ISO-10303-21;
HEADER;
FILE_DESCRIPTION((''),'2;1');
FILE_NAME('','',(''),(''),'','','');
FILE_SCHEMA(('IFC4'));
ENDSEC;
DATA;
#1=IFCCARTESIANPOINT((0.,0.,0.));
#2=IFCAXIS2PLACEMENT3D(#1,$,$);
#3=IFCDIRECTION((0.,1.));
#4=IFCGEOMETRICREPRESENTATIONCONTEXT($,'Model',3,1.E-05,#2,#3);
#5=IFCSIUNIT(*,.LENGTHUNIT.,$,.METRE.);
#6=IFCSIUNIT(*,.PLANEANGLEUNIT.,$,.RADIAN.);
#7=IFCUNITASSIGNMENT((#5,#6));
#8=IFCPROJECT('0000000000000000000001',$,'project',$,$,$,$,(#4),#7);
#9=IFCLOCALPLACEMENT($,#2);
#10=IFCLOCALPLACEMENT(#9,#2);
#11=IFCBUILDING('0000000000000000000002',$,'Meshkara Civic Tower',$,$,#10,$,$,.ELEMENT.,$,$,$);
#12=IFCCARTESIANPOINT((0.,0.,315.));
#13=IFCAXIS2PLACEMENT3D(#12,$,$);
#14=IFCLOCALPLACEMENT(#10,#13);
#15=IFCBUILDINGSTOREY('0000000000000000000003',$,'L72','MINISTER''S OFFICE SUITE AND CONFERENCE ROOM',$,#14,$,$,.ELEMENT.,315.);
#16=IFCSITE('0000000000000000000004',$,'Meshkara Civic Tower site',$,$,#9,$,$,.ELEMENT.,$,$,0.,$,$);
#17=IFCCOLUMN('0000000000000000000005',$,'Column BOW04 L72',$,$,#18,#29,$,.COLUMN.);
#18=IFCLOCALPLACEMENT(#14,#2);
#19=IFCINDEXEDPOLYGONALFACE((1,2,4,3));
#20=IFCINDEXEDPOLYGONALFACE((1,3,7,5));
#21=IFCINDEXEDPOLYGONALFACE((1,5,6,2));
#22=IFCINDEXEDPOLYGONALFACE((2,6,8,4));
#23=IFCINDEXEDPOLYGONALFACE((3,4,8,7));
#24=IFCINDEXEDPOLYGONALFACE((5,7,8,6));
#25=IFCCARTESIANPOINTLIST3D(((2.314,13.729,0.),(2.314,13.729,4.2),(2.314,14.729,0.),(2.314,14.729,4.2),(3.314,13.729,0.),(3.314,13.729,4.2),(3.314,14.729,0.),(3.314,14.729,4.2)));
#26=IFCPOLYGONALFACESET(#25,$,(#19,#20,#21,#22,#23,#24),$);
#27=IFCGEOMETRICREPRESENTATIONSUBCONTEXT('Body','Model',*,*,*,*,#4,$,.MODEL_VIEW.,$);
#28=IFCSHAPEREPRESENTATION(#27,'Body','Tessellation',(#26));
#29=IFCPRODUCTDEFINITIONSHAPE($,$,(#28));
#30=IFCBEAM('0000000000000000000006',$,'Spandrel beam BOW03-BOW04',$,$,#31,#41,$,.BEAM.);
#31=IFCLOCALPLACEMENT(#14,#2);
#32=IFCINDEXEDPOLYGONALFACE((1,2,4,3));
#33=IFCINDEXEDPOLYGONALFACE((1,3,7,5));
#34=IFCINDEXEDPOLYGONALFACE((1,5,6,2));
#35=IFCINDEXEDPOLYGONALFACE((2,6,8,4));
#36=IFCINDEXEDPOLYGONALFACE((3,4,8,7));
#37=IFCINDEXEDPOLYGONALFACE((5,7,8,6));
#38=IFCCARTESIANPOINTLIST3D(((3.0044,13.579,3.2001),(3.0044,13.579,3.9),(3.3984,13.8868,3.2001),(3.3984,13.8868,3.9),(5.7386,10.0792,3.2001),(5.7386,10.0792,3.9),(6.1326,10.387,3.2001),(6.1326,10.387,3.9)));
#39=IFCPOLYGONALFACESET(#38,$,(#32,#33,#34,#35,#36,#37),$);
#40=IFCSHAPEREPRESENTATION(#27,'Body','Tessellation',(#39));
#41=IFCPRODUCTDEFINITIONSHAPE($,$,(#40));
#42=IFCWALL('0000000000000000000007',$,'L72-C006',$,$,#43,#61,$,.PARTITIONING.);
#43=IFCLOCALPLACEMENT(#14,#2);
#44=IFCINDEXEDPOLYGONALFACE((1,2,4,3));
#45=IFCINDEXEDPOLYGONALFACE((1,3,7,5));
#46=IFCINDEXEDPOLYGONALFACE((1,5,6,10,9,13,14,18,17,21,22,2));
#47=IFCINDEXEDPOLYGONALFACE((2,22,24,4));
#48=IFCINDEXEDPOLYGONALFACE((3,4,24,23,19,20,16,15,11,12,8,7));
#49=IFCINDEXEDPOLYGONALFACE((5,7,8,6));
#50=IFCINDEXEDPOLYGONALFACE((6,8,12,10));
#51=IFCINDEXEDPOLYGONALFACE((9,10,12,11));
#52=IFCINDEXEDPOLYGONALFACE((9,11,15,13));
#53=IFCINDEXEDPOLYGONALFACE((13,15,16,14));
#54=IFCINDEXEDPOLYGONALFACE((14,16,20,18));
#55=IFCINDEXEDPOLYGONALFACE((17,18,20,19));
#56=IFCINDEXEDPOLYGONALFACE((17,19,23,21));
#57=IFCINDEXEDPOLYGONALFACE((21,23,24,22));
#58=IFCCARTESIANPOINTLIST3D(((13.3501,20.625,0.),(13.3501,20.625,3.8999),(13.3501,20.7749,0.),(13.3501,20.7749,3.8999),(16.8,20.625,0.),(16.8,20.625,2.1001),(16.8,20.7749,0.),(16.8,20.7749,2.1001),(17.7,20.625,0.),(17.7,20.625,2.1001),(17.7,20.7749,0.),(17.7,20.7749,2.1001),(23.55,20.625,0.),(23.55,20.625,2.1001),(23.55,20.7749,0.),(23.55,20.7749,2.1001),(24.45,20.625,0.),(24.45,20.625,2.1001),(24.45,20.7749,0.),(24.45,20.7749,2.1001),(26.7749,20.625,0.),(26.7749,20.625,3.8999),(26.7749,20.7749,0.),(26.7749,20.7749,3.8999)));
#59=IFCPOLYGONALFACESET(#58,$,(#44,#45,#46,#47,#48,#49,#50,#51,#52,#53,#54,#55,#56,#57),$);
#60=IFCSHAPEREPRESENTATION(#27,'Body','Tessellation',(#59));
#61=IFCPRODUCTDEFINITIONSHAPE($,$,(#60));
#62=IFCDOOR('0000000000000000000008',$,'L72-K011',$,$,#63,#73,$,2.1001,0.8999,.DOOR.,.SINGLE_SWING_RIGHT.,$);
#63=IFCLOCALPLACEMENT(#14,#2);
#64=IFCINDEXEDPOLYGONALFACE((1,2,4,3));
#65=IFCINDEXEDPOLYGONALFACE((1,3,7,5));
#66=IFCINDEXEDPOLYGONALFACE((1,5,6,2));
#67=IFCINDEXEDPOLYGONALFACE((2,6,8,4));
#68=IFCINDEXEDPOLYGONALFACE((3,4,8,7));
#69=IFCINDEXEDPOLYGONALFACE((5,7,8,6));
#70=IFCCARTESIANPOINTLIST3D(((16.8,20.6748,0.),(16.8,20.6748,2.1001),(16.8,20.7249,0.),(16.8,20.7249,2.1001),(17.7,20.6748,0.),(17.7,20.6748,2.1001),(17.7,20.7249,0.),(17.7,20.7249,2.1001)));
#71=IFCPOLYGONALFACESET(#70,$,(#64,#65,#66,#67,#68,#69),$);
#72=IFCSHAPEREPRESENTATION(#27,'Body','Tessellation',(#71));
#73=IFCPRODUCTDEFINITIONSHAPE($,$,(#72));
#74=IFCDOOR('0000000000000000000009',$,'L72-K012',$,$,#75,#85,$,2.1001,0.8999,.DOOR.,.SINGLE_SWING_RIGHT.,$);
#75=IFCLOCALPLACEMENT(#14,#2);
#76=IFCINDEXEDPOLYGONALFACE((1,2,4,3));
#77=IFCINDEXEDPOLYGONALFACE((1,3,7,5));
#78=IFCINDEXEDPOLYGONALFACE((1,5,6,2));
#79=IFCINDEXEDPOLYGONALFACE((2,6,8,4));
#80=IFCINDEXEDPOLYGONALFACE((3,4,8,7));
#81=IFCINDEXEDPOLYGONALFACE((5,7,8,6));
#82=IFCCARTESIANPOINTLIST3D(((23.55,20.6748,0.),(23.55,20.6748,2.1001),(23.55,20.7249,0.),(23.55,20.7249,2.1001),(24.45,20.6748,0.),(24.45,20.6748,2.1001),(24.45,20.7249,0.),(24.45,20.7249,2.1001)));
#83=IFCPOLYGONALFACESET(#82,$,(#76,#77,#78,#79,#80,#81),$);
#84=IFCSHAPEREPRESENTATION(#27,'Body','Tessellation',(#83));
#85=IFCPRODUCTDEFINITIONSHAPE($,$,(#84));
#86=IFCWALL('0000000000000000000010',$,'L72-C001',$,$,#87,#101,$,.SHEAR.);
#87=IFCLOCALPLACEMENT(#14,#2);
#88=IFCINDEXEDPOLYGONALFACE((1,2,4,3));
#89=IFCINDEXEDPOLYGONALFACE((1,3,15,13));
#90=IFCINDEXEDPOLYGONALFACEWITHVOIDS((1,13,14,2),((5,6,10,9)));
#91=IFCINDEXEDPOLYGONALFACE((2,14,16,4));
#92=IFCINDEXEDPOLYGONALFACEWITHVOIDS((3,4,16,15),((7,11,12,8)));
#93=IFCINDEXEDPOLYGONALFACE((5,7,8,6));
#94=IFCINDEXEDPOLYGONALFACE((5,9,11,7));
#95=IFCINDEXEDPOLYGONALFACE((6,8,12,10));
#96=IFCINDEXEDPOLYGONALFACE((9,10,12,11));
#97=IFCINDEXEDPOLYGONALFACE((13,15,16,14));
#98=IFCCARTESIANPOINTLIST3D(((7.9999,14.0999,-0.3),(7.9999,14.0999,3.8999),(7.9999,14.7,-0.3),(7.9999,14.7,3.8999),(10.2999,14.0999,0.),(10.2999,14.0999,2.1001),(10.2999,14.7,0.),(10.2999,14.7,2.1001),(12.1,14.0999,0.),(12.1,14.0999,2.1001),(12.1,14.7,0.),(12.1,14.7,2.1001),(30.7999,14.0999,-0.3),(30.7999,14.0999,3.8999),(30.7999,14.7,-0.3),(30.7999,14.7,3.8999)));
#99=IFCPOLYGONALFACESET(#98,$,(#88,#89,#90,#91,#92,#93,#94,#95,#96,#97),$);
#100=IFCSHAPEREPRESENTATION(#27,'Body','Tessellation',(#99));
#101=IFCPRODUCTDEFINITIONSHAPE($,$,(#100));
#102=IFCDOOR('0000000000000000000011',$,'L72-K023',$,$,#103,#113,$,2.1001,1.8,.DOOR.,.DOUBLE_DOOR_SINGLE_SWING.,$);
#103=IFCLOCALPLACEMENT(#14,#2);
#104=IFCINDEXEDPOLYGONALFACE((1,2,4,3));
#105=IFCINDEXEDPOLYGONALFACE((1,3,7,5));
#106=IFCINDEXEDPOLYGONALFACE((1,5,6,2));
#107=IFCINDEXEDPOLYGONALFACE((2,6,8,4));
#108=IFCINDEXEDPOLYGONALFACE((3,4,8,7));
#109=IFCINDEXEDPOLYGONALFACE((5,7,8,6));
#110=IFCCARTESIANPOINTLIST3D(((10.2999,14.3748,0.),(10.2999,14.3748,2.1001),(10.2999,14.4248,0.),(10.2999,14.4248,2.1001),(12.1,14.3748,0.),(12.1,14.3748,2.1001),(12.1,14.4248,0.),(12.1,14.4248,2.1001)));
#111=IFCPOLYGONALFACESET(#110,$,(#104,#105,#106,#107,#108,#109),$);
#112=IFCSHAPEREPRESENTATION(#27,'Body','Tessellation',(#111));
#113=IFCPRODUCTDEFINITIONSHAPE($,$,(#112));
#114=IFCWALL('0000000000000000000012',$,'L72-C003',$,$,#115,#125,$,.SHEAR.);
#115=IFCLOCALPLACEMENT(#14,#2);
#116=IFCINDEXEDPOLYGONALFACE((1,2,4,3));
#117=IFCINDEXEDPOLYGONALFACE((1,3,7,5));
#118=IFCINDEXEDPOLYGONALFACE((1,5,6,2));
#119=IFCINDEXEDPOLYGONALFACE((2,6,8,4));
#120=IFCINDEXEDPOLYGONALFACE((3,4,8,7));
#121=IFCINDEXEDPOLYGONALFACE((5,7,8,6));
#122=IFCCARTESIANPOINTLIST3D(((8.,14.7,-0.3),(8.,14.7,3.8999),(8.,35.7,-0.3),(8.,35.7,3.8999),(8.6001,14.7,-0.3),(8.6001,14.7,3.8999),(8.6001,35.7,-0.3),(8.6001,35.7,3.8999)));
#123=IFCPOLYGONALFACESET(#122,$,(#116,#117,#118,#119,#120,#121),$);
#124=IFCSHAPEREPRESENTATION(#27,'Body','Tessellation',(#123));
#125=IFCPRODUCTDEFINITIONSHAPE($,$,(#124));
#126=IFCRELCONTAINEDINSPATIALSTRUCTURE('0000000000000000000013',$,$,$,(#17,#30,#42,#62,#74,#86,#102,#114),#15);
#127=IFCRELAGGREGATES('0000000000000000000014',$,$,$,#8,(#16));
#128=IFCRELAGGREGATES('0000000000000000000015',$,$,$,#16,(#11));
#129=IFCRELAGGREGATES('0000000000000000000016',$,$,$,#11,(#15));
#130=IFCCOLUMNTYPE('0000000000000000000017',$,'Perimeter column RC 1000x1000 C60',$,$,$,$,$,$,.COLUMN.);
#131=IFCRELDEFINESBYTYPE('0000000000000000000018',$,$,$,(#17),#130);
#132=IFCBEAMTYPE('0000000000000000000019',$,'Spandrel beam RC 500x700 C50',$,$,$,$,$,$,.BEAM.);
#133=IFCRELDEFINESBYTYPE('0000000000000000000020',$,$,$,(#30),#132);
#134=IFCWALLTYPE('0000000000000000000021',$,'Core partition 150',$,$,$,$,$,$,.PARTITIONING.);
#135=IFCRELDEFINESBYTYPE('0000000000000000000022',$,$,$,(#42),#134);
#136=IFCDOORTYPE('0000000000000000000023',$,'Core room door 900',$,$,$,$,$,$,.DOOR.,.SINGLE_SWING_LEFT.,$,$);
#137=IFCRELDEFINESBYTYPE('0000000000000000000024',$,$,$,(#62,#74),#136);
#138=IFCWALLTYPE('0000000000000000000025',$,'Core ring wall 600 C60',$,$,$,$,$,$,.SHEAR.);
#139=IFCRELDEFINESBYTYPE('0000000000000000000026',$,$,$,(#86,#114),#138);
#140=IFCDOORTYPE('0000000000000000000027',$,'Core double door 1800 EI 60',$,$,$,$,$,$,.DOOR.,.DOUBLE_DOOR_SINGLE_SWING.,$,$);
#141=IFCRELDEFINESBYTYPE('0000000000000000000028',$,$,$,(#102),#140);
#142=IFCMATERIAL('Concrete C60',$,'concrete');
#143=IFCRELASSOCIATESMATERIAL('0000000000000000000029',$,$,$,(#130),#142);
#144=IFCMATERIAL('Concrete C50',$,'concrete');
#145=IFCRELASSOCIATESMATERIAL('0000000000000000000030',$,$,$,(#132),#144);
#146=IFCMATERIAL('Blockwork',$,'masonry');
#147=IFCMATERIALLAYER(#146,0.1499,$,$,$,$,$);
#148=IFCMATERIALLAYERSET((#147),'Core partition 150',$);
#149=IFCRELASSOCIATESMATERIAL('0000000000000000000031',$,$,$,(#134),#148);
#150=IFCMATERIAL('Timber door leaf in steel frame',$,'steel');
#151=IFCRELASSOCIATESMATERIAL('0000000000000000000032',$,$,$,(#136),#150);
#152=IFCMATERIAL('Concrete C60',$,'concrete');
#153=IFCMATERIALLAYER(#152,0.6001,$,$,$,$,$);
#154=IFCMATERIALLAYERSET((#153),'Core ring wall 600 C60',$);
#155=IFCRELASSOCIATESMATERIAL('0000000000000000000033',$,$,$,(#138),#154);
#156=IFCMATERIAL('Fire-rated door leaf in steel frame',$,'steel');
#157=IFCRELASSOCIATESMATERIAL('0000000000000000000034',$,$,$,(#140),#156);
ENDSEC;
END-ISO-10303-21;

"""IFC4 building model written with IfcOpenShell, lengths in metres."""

from ifc_helpers import new_model, si_unit, direction, frame, frame_2d, origin, origin_2d, place, context, subcontext, project, spatial, rectangle, extrude, material, layer, layer_set, material_profile, profile_set, type_object, element, fill, save


model = new_model("IFC4")

# Units and contexts
model_context = context("Model", 3, precision=1e-05, world=origin(), true_north=direction((0.0, 1.0)))
body_context = subcontext(model_context, "Body", "Model", "MODEL_VIEW")
ifc_project = project(units=[si_unit("LENGTHUNIT", "METRE"), si_unit("PLANEANGLEUNIT", "RADIAN")], contexts=[model_context])

# Site, building, storey
site_placement = place(None, origin())
site = spatial("IfcSite", under=ifc_project, at=site_placement, Name="Meshkara Civic Tower site", CompositionType="ELEMENT", RefElevation=0.0)
building_placement = place(site_placement, origin())
building = spatial("IfcBuilding", under=site, at=building_placement, Name="Meshkara Civic Tower", CompositionType="ELEMENT")
storey_placement = place(building_placement, frame((0.0, 0.0, 315.0)))
storey = spatial("IfcBuildingStorey", under=building, at=storey_placement, Name="L72", Description="MINISTER'S OFFICE SUITE AND CONFERENCE ROOM", CompositionType="ELEMENT", Elevation=315.0)

# Column
ifc_material_1 = material(Name="Concrete C60", Category="concrete")
ifc_material_profile_1 = material_profile(ifc_material_1, rectangle(XDim=1.0, YDim=1.0, at=origin_2d()))
ifc_profile_set_1 = profile_set([ifc_material_profile_1], Name="Concrete C60")
column_type = type_object("IfcColumnType", Name="Perimeter column RC 1000x1000 C60", PredefinedType="COLUMN", material=ifc_profile_set_1)
column_placement = place(storey_placement, frame((2.814, 14.229, 0.0), z_axis=(0.0, 0.0, 1.0), x_axis=(1.0, 0.0, 0.0)))
element("IfcColumn", 1, at=column_placement, inside=storey, type_object=column_type, Name="Column BOW04 L72", PredefinedType="COLUMN", context=body_context, shape_type="SweptSolid", body=[
    extrude(rectangle(XDim=1.0, YDim=1.0, at=origin_2d()), origin(), (0.0, 0.0, 1.0), 4.2),
])

# Beam
ifc_material_2 = material(Name="Concrete C50", Category="concrete")
ifc_material_profile_2 = material_profile(ifc_material_2, rectangle(XDim=0.5, YDim=0.7, at=origin_2d()))
ifc_profile_set_2 = profile_set([ifc_material_profile_2], Name="Concrete C50")
beam_type = type_object("IfcBeamType", Name="Spandrel beam RC 500x700 C50", PredefinedType="BEAM", material=ifc_profile_set_2)
beam_placement = place(storey_placement, frame((3.2014, 13.7329, 3.55), z_axis=(0.615637, -0.78803, 0.0), x_axis=(0.78803, 0.615637, 0.0)))
element("IfcBeam", 2, at=beam_placement, inside=storey, type_object=beam_type, Name="Spandrel beam BOW03-BOW04", PredefinedType="BEAM", context=body_context, shape_type="SweptSolid", body=[
    extrude(rectangle(XDim=0.5, YDim=0.7, at=origin_2d()), origin(), (0.0, 0.0, 1.0), 4.4412),
])

# Wall, openings, doors
ifc_material_3 = material(Name="Blockwork", Category="masonry")
ifc_layer_1 = layer(ifc_material_3, 0.1499)
ifc_layer_set_1 = layer_set([ifc_layer_1], Name="Core partition 150")
wall_type_1 = type_object("IfcWallType", Name="Core partition 150", PredefinedType="PARTITIONING", material=ifc_layer_set_1)
wall_1_placement = place(storey_placement, frame((13.3501, 20.7, 0.0), z_axis=(0.0, 0.0, 1.0), x_axis=(1.0, 0.0, 0.0)))
wall_1 = element("IfcWall", 3, at=wall_1_placement, inside=storey, type_object=wall_type_1, Name="L72-C006", PredefinedType="PARTITIONING", context=body_context, shape_type="SweptSolid", body=[
    extrude(rectangle(XDim=13.4248, YDim=0.1499, at=frame_2d((6.7124, 0.0))), origin(), (0.0, 0.0, 1.0), 3.8999),
])
opening_1_placement = place(wall_1_placement, frame((3.45, 0.0, 0.0)))
opening_1 = element("IfcOpeningElement", 4, at=opening_1_placement, cuts=wall_1, PredefinedType="OPENING", context=body_context, shape_type="SweptSolid", body=[
    extrude(rectangle(XDim=0.8999, YDim=2.1001, at=frame_2d((0.45, 1.05))), frame((0.0, 0.085, 0.0), z_axis=(0.0, -1.0, 0.0), x_axis=(1.0, 0.0, 0.0)), (0.0, 0.0, 1.0), 0.1699),
])
opening_2_placement = place(wall_1_placement, frame((10.2, 0.0, 0.0)))
opening_2 = element("IfcOpeningElement", 5, at=opening_2_placement, cuts=wall_1, PredefinedType="OPENING", context=body_context, shape_type="SweptSolid", body=[
    extrude(rectangle(XDim=0.8999, YDim=2.1001, at=frame_2d((0.45, 1.05))), frame((0.0, 0.085, 0.0), z_axis=(0.0, -1.0, 0.0), x_axis=(1.0, 0.0, 0.0)), (0.0, 0.0, 1.0), 0.1699),
])
ifc_material_4 = material(Name="Timber door leaf in steel frame", Category="steel")
door_type_1 = type_object("IfcDoorType", Name="Core room door 900", OperationType="SINGLE_SWING_LEFT", PredefinedType="DOOR", material=ifc_material_4)
door_1_placement = place(opening_1_placement, origin())
door_1 = element("IfcDoor", 6, at=door_1_placement, inside=storey, type_object=door_type_1, Name="L72-K011", OperationType="SINGLE_SWING_RIGHT", OverallHeight=2.1001, OverallWidth=0.8999, PredefinedType="DOOR", context=body_context, shape_type="SweptSolid", body=[
    extrude(rectangle(XDim=0.8999, YDim=2.1001, at=frame_2d((0.45, 1.05))), frame((0.0, 0.0249, 0.0), z_axis=(0.0, -1.0, 0.0), x_axis=(1.0, 0.0, 0.0)), (0.0, 0.0, 1.0), 0.05),
])
fill(opening_1, door_1)
door_2_placement = place(opening_2_placement, origin())
door_2 = element("IfcDoor", 7, at=door_2_placement, inside=storey, type_object=door_type_1, Name="L72-K012", OperationType="SINGLE_SWING_RIGHT", OverallHeight=2.1001, OverallWidth=0.8999, PredefinedType="DOOR", context=body_context, shape_type="SweptSolid", body=[
    extrude(rectangle(XDim=0.8999, YDim=2.1001, at=frame_2d((0.45, 1.05))), frame((0.0, 0.0249, 0.0), z_axis=(0.0, -1.0, 0.0), x_axis=(1.0, 0.0, 0.0)), (0.0, 0.0, 1.0), 0.05),
])
fill(opening_2, door_2)

# Wall, opening, door
ifc_material_5 = material(Name="Concrete C60", Category="concrete")
ifc_layer_2 = layer(ifc_material_5, 0.6001)
ifc_layer_set_2 = layer_set([ifc_layer_2], Name="Core ring wall 600 C60")
wall_type_2 = type_object("IfcWallType", Name="Core ring wall 600 C60", PredefinedType="SHEAR", material=ifc_layer_set_2)
wall_2_placement = place(storey_placement, frame((8.0, 14.3999, -0.3), z_axis=(0.0, 0.0, 1.0), x_axis=(1.0, 0.0, 0.0)))
wall_2 = element("IfcWall", 8, at=wall_2_placement, inside=storey, type_object=wall_type_2, Name="L72-C001", PredefinedType="SHEAR", context=body_context, shape_type="SweptSolid", body=[
    extrude(rectangle(XDim=22.8, YDim=0.6001, at=frame_2d((11.3999, 0.0))), origin(), (0.0, 0.0, 1.0), 4.2),
])
opening_3_placement = place(wall_2_placement, frame((2.3, 0.0, 0.3)))
opening_3 = element("IfcOpeningElement", 9, at=opening_3_placement, cuts=wall_2, PredefinedType="OPENING", context=body_context, shape_type="SweptSolid", body=[
    extrude(rectangle(XDim=1.8, YDim=2.1001, at=frame_2d((0.8999, 1.05))), frame((0.0, 0.3101, 0.0), z_axis=(0.0, -1.0, 0.0), x_axis=(1.0, 0.0, 0.0)), (0.0, 0.0, 1.0), 0.6201),
])
ifc_material_6 = material(Name="Fire-rated door leaf in steel frame", Category="steel")
door_type_2 = type_object("IfcDoorType", Name="Core double door 1800 EI 60", OperationType="DOUBLE_DOOR_SINGLE_SWING", PredefinedType="DOOR", material=ifc_material_6)
door_3_placement = place(opening_3_placement, origin())
door_3 = element("IfcDoor", 10, at=door_3_placement, inside=storey, type_object=door_type_2, Name="L72-K023", OperationType="DOUBLE_DOOR_SINGLE_SWING", OverallHeight=2.1001, OverallWidth=1.8, PredefinedType="DOOR", context=body_context, shape_type="SweptSolid", body=[
    extrude(rectangle(XDim=1.8, YDim=2.1001, at=frame_2d((0.8999, 1.05))), frame((0.0, 0.0249, 0.0), z_axis=(0.0, -1.0, 0.0), x_axis=(1.0, 0.0, 0.0)), (0.0, 0.0, 1.0), 0.05),
])
fill(opening_3, door_3)

# Wall
wall_3_placement = place(storey_placement, frame((8.3, 14.7, -0.3), z_axis=(0.0, 0.0, 1.0), x_axis=(0.0, 1.0, 0.0)))
element("IfcWall", 11, at=wall_3_placement, inside=storey, type_object=wall_type_2, Name="L72-C003", PredefinedType="SHEAR", context=body_context, shape_type="SweptSolid", body=[
    extrude(rectangle(XDim=21.0, YDim=0.6001, at=frame_2d((10.5, 0.0))), origin(), (0.0, 0.0, 1.0), 4.2),
])

save(model, "model.ifc")
